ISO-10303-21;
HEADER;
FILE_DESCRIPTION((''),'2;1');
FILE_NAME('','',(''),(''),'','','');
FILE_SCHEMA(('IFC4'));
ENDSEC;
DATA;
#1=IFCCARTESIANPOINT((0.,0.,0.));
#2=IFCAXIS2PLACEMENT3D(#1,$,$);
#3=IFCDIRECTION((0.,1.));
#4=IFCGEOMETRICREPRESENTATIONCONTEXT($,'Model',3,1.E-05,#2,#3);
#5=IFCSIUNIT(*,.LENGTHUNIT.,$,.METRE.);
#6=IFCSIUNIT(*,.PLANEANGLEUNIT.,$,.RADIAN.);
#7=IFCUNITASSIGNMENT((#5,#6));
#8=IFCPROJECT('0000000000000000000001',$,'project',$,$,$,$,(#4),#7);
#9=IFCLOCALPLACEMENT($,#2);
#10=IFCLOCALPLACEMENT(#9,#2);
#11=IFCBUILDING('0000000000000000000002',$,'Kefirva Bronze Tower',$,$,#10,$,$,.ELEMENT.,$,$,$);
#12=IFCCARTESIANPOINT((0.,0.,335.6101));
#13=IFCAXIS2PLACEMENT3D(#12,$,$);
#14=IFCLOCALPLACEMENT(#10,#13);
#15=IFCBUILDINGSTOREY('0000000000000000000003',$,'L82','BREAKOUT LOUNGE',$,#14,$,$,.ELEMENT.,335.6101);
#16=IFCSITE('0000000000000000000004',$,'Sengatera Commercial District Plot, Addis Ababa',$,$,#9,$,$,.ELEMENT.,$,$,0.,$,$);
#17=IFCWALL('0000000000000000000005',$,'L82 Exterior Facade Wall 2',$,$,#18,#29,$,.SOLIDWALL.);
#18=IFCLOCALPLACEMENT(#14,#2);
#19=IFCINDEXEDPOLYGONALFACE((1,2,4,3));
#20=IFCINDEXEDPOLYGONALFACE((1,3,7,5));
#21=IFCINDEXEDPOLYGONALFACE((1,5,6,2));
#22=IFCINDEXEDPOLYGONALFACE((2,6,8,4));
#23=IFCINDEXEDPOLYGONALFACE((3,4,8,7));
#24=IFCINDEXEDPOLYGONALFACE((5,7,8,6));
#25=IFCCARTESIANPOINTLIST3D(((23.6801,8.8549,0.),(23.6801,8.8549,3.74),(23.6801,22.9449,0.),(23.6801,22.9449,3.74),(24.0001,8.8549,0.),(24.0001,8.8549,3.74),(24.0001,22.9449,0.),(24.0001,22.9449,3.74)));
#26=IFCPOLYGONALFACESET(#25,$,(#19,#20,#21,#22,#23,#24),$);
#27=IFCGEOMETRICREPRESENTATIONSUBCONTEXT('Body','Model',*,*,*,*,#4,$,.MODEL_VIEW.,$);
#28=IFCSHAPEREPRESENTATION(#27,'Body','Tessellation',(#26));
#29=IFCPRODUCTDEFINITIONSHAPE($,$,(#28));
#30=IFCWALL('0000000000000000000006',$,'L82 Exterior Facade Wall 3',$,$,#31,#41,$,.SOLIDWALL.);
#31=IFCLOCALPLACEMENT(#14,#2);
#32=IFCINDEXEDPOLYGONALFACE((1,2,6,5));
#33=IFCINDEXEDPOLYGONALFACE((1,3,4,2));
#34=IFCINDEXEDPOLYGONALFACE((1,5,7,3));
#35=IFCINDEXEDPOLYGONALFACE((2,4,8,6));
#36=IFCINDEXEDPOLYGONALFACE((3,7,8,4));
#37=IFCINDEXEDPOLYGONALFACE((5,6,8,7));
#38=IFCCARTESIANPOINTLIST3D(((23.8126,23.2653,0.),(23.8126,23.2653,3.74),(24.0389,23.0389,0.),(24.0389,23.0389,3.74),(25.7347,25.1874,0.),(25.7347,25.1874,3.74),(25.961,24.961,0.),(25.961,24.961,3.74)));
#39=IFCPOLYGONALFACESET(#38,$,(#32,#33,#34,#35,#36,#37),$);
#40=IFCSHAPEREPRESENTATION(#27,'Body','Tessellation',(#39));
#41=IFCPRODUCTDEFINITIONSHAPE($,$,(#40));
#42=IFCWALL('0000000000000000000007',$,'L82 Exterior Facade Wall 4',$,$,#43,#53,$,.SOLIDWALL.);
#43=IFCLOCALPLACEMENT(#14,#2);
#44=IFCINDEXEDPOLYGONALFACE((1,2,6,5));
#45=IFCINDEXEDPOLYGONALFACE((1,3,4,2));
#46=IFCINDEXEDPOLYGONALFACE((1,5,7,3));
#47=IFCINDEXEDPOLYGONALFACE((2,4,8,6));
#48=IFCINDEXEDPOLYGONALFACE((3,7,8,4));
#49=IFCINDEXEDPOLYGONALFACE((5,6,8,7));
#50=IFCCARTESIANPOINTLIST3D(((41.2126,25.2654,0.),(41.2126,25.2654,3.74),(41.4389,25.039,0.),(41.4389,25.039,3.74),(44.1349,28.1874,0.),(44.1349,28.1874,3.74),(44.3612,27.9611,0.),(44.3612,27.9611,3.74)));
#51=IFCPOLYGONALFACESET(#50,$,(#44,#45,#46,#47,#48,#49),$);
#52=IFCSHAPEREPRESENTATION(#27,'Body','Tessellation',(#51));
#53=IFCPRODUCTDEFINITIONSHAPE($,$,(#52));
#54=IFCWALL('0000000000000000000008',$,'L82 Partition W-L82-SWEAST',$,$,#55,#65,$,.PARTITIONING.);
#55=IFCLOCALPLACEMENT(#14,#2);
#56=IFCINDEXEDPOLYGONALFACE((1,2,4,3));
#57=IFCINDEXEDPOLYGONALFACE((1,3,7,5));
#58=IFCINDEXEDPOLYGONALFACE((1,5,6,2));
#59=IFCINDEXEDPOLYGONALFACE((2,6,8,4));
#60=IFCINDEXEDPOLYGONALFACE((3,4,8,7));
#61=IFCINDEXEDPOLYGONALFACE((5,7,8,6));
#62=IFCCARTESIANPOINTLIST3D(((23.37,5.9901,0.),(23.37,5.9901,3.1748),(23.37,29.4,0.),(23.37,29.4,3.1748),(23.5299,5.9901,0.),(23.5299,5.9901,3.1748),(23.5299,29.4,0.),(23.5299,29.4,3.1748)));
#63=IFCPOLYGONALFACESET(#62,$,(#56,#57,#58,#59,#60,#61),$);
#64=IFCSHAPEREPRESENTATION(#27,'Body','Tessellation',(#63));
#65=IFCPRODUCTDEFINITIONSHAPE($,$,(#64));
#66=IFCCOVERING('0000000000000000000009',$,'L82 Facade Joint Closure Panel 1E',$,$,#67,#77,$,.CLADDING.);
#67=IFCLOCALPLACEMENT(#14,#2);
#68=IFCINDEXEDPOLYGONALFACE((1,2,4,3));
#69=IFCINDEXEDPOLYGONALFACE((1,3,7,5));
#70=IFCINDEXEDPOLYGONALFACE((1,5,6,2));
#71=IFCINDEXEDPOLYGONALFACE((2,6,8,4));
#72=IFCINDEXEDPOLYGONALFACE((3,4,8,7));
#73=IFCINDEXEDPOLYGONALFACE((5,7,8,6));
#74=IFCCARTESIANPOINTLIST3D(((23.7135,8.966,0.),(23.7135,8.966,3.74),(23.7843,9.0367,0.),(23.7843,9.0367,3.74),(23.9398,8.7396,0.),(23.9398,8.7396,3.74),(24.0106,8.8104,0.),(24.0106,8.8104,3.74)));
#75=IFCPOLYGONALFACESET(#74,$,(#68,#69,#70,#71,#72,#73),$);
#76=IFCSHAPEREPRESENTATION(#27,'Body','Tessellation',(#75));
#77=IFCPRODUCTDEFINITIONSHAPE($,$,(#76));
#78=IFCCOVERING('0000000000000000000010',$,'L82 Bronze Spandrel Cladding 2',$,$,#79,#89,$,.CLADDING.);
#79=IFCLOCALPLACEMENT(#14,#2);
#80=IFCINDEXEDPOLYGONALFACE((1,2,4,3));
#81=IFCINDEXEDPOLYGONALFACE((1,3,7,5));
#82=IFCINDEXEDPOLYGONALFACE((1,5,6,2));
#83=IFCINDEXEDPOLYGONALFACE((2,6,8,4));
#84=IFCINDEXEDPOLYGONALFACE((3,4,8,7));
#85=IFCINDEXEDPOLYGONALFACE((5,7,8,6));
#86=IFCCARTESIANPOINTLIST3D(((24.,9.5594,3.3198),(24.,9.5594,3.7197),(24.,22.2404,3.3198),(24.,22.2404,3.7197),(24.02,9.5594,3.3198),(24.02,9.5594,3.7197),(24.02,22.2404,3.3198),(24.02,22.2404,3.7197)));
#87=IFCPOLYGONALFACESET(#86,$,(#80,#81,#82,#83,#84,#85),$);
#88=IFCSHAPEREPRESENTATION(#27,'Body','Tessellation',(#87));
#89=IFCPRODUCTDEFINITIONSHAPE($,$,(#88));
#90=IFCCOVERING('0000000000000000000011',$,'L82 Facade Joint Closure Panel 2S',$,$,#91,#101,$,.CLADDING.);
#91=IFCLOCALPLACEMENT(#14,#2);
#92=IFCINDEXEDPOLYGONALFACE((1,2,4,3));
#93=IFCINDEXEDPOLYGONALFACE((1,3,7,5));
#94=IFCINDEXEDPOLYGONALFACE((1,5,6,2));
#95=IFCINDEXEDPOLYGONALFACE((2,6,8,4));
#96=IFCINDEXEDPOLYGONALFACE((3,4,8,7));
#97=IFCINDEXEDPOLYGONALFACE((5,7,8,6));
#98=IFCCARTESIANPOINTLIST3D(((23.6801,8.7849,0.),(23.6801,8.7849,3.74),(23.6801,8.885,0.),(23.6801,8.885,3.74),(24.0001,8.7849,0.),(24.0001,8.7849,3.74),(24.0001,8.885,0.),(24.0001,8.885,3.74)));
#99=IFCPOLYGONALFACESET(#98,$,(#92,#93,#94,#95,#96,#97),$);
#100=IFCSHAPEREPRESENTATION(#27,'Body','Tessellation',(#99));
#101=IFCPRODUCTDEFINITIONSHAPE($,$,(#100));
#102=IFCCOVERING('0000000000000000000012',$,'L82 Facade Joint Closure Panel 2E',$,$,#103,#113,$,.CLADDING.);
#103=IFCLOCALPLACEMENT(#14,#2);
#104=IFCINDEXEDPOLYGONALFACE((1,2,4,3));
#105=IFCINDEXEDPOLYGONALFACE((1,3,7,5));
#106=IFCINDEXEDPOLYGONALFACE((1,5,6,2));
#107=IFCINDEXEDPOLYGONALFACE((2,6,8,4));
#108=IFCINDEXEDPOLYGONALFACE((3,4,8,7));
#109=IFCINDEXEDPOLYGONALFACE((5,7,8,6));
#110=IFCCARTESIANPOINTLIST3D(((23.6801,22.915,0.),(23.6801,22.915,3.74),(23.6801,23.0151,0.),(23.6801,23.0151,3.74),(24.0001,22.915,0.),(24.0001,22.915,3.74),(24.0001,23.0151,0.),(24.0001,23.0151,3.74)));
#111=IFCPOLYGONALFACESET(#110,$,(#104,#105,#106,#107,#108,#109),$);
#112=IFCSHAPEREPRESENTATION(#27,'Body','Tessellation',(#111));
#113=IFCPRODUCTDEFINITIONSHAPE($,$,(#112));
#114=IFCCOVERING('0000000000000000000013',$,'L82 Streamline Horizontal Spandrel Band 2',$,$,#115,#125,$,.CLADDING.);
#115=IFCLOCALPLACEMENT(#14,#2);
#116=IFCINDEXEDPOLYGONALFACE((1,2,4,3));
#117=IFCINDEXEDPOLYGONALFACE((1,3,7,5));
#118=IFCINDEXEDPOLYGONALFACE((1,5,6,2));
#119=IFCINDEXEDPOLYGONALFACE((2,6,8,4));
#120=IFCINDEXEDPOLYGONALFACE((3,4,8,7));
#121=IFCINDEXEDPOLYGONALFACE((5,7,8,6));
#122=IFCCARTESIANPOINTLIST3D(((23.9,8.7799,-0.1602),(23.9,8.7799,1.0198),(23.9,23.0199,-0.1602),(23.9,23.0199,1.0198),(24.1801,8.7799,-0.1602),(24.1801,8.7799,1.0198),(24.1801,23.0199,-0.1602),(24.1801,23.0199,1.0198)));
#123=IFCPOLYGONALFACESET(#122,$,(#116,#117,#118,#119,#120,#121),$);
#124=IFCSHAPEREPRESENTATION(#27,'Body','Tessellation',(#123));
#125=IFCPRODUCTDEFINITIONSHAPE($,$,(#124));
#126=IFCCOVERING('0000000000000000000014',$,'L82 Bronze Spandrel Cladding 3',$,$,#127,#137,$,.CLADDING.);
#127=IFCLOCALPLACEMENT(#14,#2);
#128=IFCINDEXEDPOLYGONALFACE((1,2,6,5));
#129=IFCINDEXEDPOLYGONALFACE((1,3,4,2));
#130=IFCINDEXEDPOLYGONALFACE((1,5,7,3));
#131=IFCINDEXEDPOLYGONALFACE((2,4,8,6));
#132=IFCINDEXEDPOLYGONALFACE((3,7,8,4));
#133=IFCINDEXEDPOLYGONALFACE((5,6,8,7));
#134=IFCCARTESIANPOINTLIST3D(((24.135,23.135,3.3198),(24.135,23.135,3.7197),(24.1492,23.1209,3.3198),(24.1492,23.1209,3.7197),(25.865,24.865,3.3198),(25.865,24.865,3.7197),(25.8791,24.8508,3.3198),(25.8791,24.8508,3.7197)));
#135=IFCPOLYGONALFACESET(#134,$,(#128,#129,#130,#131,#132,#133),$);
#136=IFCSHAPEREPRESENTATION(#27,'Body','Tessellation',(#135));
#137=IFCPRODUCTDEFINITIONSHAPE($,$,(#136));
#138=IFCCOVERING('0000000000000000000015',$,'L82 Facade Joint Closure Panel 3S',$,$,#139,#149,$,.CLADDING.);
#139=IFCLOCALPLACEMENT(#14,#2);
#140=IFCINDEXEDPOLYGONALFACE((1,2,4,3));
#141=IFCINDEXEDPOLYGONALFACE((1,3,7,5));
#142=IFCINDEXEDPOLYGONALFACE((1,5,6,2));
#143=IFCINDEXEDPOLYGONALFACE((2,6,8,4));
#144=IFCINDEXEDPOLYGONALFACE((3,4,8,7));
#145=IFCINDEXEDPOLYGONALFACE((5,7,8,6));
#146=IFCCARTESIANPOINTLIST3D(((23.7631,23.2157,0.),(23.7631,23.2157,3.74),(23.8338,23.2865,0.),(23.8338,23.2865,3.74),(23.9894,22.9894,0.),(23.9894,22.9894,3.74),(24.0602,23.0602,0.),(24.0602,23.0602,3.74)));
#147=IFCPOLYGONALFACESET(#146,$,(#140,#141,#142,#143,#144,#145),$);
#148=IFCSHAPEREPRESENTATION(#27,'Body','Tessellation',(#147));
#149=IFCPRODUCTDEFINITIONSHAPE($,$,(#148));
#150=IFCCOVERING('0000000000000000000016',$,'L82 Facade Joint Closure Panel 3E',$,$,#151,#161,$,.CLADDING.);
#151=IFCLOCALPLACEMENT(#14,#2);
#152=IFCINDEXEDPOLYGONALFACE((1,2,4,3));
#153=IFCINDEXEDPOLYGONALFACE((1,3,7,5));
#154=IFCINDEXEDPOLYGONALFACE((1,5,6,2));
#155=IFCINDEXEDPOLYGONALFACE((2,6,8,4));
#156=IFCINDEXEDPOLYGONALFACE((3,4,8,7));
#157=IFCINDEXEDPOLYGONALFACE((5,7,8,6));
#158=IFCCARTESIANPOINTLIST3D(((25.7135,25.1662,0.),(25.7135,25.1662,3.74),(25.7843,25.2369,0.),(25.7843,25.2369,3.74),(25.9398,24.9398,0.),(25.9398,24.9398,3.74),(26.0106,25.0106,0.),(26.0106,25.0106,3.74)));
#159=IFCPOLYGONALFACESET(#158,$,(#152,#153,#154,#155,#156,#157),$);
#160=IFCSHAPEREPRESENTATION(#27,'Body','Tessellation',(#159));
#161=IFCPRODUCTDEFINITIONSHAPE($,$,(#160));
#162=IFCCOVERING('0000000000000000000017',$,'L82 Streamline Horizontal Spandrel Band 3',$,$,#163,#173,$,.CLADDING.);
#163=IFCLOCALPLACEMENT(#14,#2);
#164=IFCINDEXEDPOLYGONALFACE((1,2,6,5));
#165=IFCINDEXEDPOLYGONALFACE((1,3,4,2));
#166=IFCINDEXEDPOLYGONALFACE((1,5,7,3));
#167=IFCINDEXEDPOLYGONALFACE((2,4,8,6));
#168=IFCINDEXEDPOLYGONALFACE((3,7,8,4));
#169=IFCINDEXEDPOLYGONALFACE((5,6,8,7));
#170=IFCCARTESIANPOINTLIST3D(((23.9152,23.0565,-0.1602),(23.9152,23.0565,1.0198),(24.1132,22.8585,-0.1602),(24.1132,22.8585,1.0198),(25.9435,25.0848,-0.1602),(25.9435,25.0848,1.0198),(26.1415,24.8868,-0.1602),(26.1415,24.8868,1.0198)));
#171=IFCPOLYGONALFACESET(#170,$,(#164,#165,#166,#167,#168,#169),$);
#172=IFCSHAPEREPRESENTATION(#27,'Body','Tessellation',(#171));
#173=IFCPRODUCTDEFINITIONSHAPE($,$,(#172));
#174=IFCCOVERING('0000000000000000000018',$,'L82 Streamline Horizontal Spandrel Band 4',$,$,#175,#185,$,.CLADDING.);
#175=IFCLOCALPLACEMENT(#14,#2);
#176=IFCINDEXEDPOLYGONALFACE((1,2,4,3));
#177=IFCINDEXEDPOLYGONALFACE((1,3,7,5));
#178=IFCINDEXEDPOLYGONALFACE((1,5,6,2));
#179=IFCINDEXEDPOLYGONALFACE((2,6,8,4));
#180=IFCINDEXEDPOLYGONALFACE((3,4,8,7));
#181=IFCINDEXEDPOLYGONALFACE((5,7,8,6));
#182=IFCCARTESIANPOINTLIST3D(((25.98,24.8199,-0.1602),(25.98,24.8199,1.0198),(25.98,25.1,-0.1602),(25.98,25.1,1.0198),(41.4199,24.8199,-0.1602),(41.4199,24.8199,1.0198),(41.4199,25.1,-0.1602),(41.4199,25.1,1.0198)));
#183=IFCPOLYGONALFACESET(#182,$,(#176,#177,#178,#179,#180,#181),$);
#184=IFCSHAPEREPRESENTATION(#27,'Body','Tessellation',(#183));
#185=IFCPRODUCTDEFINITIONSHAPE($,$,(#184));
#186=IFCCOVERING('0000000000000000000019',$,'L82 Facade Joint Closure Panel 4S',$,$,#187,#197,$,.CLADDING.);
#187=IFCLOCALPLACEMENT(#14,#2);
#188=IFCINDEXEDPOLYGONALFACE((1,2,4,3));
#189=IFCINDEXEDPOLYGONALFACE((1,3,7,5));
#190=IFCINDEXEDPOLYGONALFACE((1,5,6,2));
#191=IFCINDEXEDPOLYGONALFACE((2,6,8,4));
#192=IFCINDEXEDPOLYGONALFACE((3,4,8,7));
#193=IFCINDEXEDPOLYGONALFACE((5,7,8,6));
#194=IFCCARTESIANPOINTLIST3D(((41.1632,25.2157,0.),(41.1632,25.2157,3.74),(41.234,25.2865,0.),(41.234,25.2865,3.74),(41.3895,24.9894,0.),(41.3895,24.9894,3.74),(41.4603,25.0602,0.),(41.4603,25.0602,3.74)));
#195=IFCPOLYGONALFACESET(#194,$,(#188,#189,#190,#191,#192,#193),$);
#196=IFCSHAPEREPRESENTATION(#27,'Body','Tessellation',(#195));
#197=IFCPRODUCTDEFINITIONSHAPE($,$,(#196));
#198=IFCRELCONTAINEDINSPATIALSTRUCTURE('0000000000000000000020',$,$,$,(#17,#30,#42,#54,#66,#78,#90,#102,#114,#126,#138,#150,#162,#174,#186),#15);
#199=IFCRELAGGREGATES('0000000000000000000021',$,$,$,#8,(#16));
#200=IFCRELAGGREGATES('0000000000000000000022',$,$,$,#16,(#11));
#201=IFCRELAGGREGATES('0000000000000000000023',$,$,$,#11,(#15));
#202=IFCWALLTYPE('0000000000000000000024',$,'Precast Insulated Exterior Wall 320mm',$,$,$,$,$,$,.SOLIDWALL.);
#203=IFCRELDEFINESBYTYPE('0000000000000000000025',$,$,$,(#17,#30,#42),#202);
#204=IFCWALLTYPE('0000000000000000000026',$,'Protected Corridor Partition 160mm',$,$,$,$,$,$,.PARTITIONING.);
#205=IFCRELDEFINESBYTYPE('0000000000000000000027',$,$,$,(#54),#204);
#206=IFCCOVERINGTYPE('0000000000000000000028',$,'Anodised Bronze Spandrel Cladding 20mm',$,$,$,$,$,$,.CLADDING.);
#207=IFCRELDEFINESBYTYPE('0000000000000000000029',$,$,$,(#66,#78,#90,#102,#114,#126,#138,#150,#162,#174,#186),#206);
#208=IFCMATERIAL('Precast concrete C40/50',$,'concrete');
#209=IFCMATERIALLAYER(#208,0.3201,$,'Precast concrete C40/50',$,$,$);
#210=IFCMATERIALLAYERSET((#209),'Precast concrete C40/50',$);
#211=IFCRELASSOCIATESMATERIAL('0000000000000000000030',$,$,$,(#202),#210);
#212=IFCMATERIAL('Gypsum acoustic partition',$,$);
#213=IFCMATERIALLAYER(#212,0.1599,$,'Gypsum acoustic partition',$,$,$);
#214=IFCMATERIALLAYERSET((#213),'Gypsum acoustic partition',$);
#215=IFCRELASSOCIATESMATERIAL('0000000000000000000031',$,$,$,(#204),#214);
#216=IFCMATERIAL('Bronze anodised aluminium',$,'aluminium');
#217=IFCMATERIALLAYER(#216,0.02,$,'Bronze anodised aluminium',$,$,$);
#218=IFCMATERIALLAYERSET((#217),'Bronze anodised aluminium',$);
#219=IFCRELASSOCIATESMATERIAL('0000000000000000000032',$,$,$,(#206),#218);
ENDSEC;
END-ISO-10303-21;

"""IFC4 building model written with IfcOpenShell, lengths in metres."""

from ifc_helpers import new_model, si_unit, direction, frame, frame_2d, origin, origin_2d, place, context, subcontext, project, spatial, rectangle, extrude, material, layer, layer_set, type_object, element, save


model = new_model("IFC4")

# Units and contexts
model_context = context("Model", 3, precision=1e-05, world=origin(), true_north=direction((0.0, 1.0)))
body_context = subcontext(model_context, "Body", "Model", "MODEL_VIEW")
ifc_project = project(units=[si_unit("LENGTHUNIT", "METRE"), si_unit("PLANEANGLEUNIT", "RADIAN")], contexts=[model_context])

# Site, building, storey
site_placement = place(None, origin())
site = spatial("IfcSite", under=ifc_project, at=site_placement, Name="Sengatera Commercial District Plot, Addis Ababa", CompositionType="ELEMENT", RefElevation=0.0)
building_placement = place(site_placement, origin())
building = spatial("IfcBuilding", under=site, at=building_placement, Name="Kefirva Bronze Tower", CompositionType="ELEMENT")
storey_placement = place(building_placement, frame((0.0, 0.0, 335.6101)))
storey = spatial("IfcBuildingStorey", under=building, at=storey_placement, Name="L82", Description="BREAKOUT LOUNGE", CompositionType="ELEMENT", Elevation=335.6101)

# Shared definitions
ifc_material_1 = material(Name="Bronze anodised aluminium", Category="aluminium")

# Walls
ifc_material_2 = material(Name="Gypsum acoustic partition")
ifc_material_3 = material(Name="Precast concrete C40/50", Category="concrete")
ifc_layer_1 = layer(ifc_material_3, 0.3201, Name="Precast concrete C40/50")
ifc_layer_set_1 = layer_set([ifc_layer_1], Name="Precast concrete C40/50")
wall_type_1 = type_object("IfcWallType", Name="Precast Insulated Exterior Wall 320mm", PredefinedType="SOLIDWALL", material=ifc_layer_set_1)
wall_1_placement = place(storey_placement, frame((23.8401, 8.855, 0.0), z_axis=(0.0, 0.0, 1.0), x_axis=(0.0, 1.0, 0.0)))
element("IfcWall", 1, at=wall_1_placement, inside=storey, type_object=wall_type_1, Name="L82 Exterior Facade Wall 2", PredefinedType="SOLIDWALL", context=body_context, shape_type="SweptSolid", body=[
    extrude(rectangle(XDim=14.0901, YDim=0.3201, at=frame_2d((7.0449, 0.0))), origin(), (0.0, 0.0, 1.0), 3.74),
])
wall_2_placement = place(storey_placement, frame((23.9258, 23.1521, 0.0), z_axis=(0.0, 0.0, 1.0), x_axis=(0.707107, 0.707107, 0.0)))
element("IfcWall", 2, at=wall_2_placement, inside=storey, type_object=wall_type_1, Name="L82 Exterior Facade Wall 3", PredefinedType="SOLIDWALL", context=body_context, shape_type="SweptSolid", body=[
    extrude(rectangle(XDim=2.7183, YDim=0.3201, at=frame_2d((1.3591, 0.0))), origin(), (0.0, 0.0, 1.0), 3.74),
])
wall_3_placement = place(storey_placement, frame((41.3257, 25.1521, 0.0), z_axis=(0.0, 0.0, 1.0), x_axis=(0.707136, 0.707077, 0.0)))
element("IfcWall", 3, at=wall_3_placement, inside=storey, type_object=wall_type_1, Name="L82 Exterior Facade Wall 4", PredefinedType="SOLIDWALL", context=body_context, shape_type="SweptSolid", body=[
    extrude(rectangle(XDim=4.1326, YDim=0.3201, at=frame_2d((2.0664, 0.0))), origin(), (0.0, 0.0, 1.0), 3.74),
])
ifc_layer_2 = layer(ifc_material_2, 0.1599, Name="Gypsum acoustic partition")
ifc_layer_set_2 = layer_set([ifc_layer_2], Name="Gypsum acoustic partition")
wall_type_2 = type_object("IfcWallType", Name="Protected Corridor Partition 160mm", PredefinedType="PARTITIONING", material=ifc_layer_set_2)
wall_4_placement = place(storey_placement, frame((23.45, 5.99, 0.0), z_axis=(0.0, 0.0, 1.0), x_axis=(0.0, 1.0, 0.0)))
element("IfcWall", 4, at=wall_4_placement, inside=storey, type_object=wall_type_2, Name="L82 Partition W-L82-SWEAST", PredefinedType="PARTITIONING", context=body_context, shape_type="SweptSolid", body=[
    extrude(rectangle(XDim=23.4099, YDim=0.1599, at=frame_2d((11.7051, 0.0))), origin(), (0.0, 0.0, 1.0), 3.1748),
])

# Coverings
ifc_layer_3 = layer(ifc_material_1, 0.02, Name="Bronze anodised aluminium")
ifc_layer_set_3 = layer_set([ifc_layer_3], Name="Bronze anodised aluminium")
covering_type_1 = type_object("IfcCoveringType", Name="Anodised Bronze Spandrel Cladding 20mm", PredefinedType="CLADDING", material=ifc_layer_set_3)
covering_1_placement = place(storey_placement, frame((23.8621, 8.8882, 0.0), z_axis=(0.0, 0.0, 1.0), x_axis=(0.707107, 0.707107, 0.0)))
element("IfcCovering", 5, at=covering_1_placement, inside=storey, type_object=covering_type_1, Name="L82 Facade Joint Closure Panel 1E", PredefinedType="CLADDING", context=body_context, shape_type="SweptSolid", body=[
    extrude(rectangle(XDim=0.1001, YDim=0.3201, at=origin_2d()), origin(), (0.0, 0.0, 1.0), 3.74),
])
covering_2_placement = place(storey_placement, frame((24.01, 15.8999, 3.3198), z_axis=(0.0, 0.0, 1.0), x_axis=(0.0, 1.0, 0.0)))
element("IfcCovering", 6, at=covering_2_placement, inside=storey, type_object=covering_type_1, Name="L82 Bronze Spandrel Cladding 2", PredefinedType="CLADDING", context=body_context, shape_type="SweptSolid", body=[
    extrude(rectangle(XDim=12.6809, YDim=0.02, at=origin_2d()), origin(), (0.0, 0.0, 1.0), 0.3999),
])
for number, where, z_axis, x_axis, name in (
    (7, (23.8401, 8.835, 0.0), (0.0, 0.0, 1.0), (0.0, 1.0, 0.0), "L82 Facade Joint Closure Panel 2S"),
    (8, (23.8401, 22.9651, 0.0), (0.0, 0.0, 1.0), (0.0, 1.0, 0.0), "L82 Facade Joint Closure Panel 2E"),
):
    element("IfcCovering", number, at=place(storey_placement, frame(where, z_axis=z_axis, x_axis=x_axis)), inside=storey, type_object=covering_type_1, Name=name, PredefinedType="CLADDING", context=body_context, shape_type="SweptSolid", body=[
        extrude(rectangle(XDim=0.1001, YDim=0.3201, at=origin_2d()), origin(), (0.0, 0.0, 1.0), 3.74),
    ])
covering_3_placement = place(storey_placement, frame((24.04, 15.8999, -0.1602), z_axis=(0.0, 0.0, 1.0), x_axis=(0.0, 1.0, 0.0)))
element("IfcCovering", 9, at=covering_3_placement, inside=storey, type_object=covering_type_1, Name="L82 Streamline Horizontal Spandrel Band 2", PredefinedType="CLADDING", context=body_context, shape_type="SweptSolid", body=[
    extrude(rectangle(XDim=14.24, YDim=0.28, at=origin_2d()), origin(), (0.0, 0.0, 1.0), 1.1799),
])
covering_4_placement = place(storey_placement, frame((25.0071, 23.9929, 3.3198), z_axis=(0.0, 0.0, 1.0), x_axis=(0.707107, 0.707107, 0.0)))
element("IfcCovering", 10, at=covering_4_placement, inside=storey, type_object=covering_type_1, Name="L82 Bronze Spandrel Cladding 3", PredefinedType="CLADDING", context=body_context, shape_type="SweptSolid", body=[
    extrude(rectangle(XDim=2.4465, YDim=0.02, at=origin_2d()), origin(), (0.0, 0.0, 1.0), 0.3999),
])
for number, where, z_axis, x_axis, name in (
    (11, (23.9116, 23.1379, 0.0), (0.0, 0.0, 1.0), (0.707107, 0.707107, 0.0), "L82 Facade Joint Closure Panel 3S"),
    (12, (25.8621, 25.0884, 0.0), (0.0, 0.0, 1.0), (0.707107, 0.707107, 0.0), "L82 Facade Joint Closure Panel 3E"),
):
    element("IfcCovering", number, at=place(storey_placement, frame(where, z_axis=z_axis, x_axis=x_axis)), inside=storey, type_object=covering_type_1, Name=name, PredefinedType="CLADDING", context=body_context, shape_type="SweptSolid", body=[
        extrude(rectangle(XDim=0.1001, YDim=0.3201, at=origin_2d()), origin(), (0.0, 0.0, 1.0), 3.74),
    ])
covering_5_placement = place(storey_placement, frame((25.0283, 23.9717, -0.1602), z_axis=(0.0, 0.0, 1.0), x_axis=(0.707107, 0.707107, 0.0)))
element("IfcCovering", 13, at=covering_5_placement, inside=storey, type_object=covering_type_1, Name="L82 Streamline Horizontal Spandrel Band 3", PredefinedType="CLADDING", context=body_context, shape_type="SweptSolid", body=[
    extrude(rectangle(XDim=2.8684, YDim=0.28, at=origin_2d()), origin(), (0.0, 0.0, 1.0), 1.1799),
])
covering_6_placement = place(storey_placement, frame((33.7, 24.96, -0.1602), z_axis=(0.0, 0.0, 1.0), x_axis=(1.0, 0.0, 0.0)))
element("IfcCovering", 14, at=covering_6_placement, inside=storey, type_object=covering_type_1, Name="L82 Streamline Horizontal Spandrel Band 4", PredefinedType="CLADDING", context=body_context, shape_type="SweptSolid", body=[
    extrude(rectangle(XDim=15.4399, YDim=0.28, at=origin_2d()), origin(), (0.0, 0.0, 1.0), 1.1799),
])
covering_7_placement = place(storey_placement, frame((41.3118, 25.1379, 0.0), z_axis=(0.0, 0.0, 1.0), x_axis=(0.707107, 0.707107, 0.0)))
element("IfcCovering", 15, at=covering_7_placement, inside=storey, type_object=covering_type_1, Name="L82 Facade Joint Closure Panel 4S", PredefinedType="CLADDING", context=body_context, shape_type="SweptSolid", body=[
    extrude(rectangle(XDim=0.1001, YDim=0.3201, at=origin_2d()), origin(), (0.0, 0.0, 1.0), 3.74),
])

save(model, "model.ifc")
